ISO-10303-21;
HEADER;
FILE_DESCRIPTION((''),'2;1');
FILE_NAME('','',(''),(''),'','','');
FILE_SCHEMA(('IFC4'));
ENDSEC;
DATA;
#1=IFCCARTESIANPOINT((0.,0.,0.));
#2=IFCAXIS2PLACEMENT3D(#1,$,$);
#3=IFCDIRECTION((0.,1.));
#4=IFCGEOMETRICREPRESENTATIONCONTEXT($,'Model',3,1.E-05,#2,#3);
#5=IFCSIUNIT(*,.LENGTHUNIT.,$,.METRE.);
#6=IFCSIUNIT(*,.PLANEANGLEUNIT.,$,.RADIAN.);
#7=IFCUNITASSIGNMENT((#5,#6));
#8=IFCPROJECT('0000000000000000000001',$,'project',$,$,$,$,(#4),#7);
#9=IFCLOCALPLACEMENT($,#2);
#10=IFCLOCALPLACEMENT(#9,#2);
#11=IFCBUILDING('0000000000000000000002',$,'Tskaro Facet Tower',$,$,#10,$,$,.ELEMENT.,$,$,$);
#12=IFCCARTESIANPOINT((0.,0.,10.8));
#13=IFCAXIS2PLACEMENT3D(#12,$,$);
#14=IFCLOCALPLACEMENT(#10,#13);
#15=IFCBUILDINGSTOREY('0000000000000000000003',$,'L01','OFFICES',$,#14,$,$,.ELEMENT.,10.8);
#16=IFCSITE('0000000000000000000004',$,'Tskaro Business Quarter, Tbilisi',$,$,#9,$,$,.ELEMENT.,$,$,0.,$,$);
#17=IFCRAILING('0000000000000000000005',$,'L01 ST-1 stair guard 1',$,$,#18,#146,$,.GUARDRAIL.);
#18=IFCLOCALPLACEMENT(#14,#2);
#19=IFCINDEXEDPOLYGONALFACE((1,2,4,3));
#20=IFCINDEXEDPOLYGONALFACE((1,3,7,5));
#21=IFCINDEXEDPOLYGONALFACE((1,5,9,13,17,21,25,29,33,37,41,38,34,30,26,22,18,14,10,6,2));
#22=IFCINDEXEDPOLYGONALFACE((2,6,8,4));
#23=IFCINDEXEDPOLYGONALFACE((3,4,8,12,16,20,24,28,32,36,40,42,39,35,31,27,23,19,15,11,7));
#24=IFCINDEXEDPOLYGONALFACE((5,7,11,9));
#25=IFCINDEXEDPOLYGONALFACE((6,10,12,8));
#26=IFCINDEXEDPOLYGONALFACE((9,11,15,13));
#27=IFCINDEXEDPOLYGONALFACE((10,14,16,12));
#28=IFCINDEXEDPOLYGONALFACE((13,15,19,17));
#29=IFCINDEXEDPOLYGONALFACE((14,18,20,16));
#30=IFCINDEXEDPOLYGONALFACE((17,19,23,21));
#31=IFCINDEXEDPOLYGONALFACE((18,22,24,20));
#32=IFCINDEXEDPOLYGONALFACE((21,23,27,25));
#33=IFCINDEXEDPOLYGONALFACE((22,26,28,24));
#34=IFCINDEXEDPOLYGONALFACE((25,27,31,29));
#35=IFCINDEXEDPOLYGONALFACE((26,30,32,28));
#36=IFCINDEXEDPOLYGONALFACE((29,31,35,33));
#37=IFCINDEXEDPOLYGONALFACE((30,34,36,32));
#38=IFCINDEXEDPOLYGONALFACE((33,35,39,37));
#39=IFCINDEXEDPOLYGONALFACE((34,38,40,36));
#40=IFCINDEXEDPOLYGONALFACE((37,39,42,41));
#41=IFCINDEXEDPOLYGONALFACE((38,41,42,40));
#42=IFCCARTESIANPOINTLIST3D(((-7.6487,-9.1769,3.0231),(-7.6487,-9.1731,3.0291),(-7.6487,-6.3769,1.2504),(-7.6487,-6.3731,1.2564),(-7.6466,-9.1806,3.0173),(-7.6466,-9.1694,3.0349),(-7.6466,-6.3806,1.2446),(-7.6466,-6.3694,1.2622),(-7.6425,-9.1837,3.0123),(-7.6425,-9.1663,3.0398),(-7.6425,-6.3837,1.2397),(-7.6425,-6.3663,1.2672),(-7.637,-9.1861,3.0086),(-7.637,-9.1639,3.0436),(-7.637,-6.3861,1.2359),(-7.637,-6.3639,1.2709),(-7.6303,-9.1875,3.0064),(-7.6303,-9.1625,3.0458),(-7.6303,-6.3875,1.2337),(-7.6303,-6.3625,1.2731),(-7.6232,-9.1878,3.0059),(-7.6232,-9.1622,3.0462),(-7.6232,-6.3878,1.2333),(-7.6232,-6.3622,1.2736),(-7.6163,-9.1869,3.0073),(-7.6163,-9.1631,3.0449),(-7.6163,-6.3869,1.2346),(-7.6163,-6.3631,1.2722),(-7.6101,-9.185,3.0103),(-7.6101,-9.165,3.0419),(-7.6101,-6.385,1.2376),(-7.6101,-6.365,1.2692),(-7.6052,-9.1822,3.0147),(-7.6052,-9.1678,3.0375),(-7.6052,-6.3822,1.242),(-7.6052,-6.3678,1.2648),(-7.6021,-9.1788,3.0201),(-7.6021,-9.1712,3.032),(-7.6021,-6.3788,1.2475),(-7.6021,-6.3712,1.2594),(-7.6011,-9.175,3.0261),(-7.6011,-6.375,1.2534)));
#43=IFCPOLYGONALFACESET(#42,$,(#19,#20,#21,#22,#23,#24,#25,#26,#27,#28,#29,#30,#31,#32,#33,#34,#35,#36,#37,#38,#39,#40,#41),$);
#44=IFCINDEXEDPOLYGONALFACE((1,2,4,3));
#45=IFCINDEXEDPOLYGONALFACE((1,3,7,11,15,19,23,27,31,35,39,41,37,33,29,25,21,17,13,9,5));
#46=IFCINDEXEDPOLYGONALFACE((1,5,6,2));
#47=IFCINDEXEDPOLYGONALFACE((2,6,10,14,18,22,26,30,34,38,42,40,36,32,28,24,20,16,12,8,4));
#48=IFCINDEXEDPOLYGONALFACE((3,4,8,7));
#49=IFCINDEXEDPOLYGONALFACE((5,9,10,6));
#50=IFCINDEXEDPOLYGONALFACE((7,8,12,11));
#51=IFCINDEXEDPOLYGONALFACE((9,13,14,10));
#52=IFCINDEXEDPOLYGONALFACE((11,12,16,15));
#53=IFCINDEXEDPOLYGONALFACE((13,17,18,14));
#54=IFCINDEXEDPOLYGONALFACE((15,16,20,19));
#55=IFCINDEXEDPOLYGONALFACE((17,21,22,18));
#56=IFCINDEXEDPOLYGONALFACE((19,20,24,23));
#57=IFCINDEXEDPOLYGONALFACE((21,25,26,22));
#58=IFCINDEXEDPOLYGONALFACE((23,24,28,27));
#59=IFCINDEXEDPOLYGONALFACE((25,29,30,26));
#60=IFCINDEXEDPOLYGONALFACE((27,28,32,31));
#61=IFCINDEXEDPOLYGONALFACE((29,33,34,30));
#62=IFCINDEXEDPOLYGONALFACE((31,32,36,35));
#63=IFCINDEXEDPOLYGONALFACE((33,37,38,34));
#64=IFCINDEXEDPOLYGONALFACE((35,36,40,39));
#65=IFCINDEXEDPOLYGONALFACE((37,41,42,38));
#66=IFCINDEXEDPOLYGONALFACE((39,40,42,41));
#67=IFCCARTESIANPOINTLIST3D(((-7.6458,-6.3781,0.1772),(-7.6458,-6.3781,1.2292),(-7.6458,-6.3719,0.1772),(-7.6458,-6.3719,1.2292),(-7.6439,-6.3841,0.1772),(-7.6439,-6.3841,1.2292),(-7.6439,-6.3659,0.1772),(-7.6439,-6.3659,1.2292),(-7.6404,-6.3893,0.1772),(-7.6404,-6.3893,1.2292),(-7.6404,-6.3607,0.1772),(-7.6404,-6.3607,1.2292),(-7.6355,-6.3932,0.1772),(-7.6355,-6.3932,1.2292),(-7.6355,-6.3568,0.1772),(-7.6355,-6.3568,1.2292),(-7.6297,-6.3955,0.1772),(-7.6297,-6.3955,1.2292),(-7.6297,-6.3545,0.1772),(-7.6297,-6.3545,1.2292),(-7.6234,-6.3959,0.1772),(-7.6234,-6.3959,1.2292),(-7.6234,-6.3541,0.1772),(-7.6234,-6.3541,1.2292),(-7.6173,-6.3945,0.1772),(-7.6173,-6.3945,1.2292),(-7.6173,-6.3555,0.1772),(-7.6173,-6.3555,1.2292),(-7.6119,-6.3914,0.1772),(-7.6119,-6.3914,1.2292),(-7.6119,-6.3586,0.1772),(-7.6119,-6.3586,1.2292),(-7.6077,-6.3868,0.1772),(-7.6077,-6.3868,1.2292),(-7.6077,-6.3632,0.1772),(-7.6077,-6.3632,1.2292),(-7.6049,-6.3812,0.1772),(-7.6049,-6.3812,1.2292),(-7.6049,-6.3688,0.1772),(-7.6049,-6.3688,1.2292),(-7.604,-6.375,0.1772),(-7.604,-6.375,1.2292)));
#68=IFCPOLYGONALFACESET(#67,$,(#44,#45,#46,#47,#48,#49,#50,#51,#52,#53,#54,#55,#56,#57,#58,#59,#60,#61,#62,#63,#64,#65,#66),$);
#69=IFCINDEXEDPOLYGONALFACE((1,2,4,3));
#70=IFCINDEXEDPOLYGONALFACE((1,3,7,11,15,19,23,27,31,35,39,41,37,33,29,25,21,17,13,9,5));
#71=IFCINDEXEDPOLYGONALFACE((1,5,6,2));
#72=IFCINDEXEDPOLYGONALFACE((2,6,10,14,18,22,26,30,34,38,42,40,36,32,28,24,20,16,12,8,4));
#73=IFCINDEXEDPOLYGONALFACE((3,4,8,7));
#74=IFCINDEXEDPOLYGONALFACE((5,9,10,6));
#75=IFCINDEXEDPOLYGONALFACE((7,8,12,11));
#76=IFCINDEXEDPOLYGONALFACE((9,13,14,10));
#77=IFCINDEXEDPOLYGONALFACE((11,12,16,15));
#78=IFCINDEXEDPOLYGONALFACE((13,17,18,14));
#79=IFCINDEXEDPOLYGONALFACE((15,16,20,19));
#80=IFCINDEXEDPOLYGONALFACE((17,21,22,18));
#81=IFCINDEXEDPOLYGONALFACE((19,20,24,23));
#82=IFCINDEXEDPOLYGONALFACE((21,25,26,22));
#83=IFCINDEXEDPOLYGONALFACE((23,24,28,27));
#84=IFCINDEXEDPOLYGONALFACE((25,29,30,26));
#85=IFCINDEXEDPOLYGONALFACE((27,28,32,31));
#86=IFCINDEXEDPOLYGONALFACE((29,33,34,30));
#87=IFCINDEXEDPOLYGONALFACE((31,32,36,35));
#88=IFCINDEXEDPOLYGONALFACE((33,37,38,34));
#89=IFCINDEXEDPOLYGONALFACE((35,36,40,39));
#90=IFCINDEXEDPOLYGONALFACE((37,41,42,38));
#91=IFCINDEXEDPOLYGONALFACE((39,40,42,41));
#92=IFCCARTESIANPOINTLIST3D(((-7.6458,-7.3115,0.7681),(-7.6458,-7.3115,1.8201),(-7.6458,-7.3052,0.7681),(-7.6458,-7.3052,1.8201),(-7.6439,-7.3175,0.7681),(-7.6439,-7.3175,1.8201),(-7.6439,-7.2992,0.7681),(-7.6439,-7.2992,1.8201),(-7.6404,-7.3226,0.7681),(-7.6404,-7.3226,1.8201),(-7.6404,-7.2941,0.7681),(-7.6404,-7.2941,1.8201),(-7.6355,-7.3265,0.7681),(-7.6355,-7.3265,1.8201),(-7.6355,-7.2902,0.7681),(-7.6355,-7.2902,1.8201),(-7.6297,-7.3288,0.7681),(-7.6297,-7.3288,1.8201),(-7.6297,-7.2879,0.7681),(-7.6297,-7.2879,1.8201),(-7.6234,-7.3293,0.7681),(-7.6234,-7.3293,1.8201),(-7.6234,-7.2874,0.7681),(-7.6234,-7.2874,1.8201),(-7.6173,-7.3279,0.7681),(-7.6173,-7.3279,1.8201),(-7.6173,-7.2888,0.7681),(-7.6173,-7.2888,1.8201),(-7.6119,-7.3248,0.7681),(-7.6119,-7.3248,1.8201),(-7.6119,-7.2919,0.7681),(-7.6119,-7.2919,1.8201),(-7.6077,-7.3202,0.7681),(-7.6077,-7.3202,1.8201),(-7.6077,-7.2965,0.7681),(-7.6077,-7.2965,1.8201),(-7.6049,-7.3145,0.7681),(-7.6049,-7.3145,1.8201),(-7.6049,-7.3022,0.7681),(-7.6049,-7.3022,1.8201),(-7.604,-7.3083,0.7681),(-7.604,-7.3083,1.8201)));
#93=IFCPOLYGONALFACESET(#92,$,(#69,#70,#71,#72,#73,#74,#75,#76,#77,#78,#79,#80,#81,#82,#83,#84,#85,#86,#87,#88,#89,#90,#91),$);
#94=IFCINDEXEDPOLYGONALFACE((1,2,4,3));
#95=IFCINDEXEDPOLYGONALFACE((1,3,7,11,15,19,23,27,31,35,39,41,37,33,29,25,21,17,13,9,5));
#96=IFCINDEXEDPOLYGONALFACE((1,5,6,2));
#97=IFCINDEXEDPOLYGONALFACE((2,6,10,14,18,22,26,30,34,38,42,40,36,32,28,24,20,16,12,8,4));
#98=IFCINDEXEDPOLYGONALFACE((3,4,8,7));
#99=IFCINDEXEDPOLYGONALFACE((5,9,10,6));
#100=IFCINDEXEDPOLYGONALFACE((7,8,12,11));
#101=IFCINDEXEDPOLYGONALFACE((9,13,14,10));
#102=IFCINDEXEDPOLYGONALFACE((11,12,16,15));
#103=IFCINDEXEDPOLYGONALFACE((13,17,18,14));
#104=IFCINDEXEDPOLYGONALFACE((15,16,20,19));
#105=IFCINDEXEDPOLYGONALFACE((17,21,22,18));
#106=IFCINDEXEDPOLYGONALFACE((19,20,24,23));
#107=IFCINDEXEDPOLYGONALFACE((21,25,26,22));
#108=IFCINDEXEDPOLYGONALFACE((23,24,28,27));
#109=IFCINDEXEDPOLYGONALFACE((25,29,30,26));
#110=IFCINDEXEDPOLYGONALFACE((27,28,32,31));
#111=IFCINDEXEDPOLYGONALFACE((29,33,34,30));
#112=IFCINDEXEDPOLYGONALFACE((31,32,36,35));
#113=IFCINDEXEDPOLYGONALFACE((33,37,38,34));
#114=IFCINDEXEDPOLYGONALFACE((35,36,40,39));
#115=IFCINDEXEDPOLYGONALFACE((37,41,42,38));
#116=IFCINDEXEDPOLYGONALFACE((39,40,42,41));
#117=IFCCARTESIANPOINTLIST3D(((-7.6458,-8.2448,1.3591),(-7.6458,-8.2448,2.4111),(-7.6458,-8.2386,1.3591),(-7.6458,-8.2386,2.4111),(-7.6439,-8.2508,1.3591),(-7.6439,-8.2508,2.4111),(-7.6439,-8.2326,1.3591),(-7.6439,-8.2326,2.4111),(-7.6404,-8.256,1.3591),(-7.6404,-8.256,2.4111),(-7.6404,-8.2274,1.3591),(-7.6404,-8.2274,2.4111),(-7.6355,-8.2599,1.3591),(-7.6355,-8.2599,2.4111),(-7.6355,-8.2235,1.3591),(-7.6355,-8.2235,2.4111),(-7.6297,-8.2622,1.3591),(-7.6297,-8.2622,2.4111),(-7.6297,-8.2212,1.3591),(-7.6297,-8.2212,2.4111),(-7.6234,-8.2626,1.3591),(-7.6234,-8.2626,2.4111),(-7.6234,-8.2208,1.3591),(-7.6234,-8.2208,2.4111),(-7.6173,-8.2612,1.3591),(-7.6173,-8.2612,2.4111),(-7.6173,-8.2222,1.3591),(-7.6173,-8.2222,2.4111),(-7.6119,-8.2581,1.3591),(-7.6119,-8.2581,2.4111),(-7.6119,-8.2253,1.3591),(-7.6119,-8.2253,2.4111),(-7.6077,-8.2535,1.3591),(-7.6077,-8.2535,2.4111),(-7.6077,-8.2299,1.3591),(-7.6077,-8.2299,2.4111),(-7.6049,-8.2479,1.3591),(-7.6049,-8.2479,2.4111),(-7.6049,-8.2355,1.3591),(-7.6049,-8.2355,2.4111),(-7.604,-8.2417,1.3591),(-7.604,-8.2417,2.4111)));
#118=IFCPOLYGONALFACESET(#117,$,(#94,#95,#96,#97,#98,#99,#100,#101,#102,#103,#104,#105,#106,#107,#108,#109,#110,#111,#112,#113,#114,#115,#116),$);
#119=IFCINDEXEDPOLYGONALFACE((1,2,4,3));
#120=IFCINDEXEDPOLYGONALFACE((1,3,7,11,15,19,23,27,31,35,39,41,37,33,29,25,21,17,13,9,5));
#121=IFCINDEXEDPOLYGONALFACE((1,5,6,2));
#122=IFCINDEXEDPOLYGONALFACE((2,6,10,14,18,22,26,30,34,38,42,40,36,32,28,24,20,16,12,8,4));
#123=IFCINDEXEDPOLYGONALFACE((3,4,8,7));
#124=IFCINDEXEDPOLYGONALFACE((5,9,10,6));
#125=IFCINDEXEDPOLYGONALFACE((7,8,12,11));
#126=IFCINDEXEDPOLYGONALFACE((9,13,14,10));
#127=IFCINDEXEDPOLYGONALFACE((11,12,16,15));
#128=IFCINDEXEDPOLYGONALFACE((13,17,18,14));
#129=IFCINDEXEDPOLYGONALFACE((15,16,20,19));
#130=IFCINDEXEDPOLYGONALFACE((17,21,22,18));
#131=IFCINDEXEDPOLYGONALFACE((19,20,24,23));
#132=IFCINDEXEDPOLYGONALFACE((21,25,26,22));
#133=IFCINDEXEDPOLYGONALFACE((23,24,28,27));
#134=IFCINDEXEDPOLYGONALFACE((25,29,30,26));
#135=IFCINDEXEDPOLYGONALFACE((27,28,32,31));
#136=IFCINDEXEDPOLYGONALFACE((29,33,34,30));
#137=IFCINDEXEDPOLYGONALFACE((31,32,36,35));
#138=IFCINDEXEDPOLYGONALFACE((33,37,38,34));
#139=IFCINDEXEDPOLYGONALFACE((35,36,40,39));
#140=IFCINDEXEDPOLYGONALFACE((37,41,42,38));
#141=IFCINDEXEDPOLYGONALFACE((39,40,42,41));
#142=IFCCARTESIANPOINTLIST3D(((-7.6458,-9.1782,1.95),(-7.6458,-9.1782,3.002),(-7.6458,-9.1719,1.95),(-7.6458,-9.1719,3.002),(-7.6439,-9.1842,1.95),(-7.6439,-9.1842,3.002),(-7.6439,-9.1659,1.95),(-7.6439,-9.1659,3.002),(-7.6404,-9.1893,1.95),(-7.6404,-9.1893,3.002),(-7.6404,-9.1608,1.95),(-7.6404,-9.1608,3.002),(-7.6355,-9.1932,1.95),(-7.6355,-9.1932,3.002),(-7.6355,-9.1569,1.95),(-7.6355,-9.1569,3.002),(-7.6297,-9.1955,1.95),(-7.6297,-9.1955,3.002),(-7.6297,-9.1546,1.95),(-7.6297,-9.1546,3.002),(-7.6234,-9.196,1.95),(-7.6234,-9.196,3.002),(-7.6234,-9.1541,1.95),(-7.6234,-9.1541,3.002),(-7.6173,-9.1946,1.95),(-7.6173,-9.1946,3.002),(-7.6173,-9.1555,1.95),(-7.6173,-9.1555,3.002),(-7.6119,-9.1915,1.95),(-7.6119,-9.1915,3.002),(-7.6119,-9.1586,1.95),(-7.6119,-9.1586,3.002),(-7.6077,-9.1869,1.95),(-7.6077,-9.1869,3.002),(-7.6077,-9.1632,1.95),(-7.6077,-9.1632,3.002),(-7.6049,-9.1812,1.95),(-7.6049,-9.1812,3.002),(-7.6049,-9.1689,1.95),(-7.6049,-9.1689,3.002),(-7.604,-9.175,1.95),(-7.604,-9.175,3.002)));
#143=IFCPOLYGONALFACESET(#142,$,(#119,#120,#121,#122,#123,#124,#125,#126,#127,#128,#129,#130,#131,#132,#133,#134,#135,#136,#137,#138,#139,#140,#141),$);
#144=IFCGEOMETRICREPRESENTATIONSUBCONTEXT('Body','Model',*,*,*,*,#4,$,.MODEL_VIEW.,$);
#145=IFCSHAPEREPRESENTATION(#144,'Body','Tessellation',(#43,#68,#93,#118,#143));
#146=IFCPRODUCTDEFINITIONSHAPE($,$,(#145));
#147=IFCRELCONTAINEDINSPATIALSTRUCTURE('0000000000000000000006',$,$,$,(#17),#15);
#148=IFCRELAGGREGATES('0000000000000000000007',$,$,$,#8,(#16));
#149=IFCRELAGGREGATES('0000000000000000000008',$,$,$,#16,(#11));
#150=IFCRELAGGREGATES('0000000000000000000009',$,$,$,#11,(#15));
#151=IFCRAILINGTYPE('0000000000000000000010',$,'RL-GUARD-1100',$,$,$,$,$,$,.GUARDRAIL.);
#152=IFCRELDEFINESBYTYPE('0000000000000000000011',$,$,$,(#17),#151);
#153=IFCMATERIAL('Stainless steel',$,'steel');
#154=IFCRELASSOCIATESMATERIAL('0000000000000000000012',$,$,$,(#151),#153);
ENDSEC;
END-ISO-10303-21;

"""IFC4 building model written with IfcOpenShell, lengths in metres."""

from ifc_helpers import new_model, si_unit, direction, frame, origin, origin_2d, place, context, subcontext, project, spatial, circle, extrude, material, type_object, element, save


model = new_model("IFC4")

# Units and contexts
model_context = context("Model", 3, precision=1e-05, world=origin(), true_north=direction((0.0, 1.0)))
body_context = subcontext(model_context, "Body", "Model", "MODEL_VIEW")
ifc_project = project(units=[si_unit("LENGTHUNIT", "METRE"), si_unit("PLANEANGLEUNIT", "RADIAN")], contexts=[model_context])

# Site, building, storey
site_placement = place(None, origin())
site = spatial("IfcSite", under=ifc_project, at=site_placement, Name="Tskaro Business Quarter, Tbilisi", CompositionType="ELEMENT", RefElevation=0.0)
building_placement = place(site_placement, origin())
building = spatial("IfcBuilding", under=site, at=building_placement, Name="Tskaro Facet Tower", CompositionType="ELEMENT")
storey_placement = place(building_placement, frame((0.0, 0.0, 10.8)))
storey = spatial("IfcBuildingStorey", under=building, at=storey_placement, Name="L01", Description="OFFICES", CompositionType="ELEMENT", Elevation=10.8)

# Shared definitions
ifc_material_1 = material(Name="Stainless steel", Category="steel")

# Railing
railing_type_1 = type_object("IfcRailingType", Name="RL-GUARD-1100", PredefinedType="GUARDRAIL", material=ifc_material_1)
railing_1_placement = place(storey_placement, frame((-7.625, -6.375, 0.1772)))
element("IfcRailing", 1, at=railing_1_placement, inside=storey, type_object=railing_type_1, Name="L01 ST-1 stair guard 1", PredefinedType="GUARDRAIL", context=body_context, shape_type="SweptSolid", body=[
    extrude(circle(Radius=0.0239, at=origin_2d()), frame((0.0, 0.0, 1.0762), z_axis=(0.0, -0.844909, 0.53491), x_axis=(1.0, 0.0, 0.0)), (0.0, 0.0, 1.0), 3.314),
    extrude(circle(Radius=0.021, at=origin_2d()), origin(), (0.0, 0.0, 1.0), 1.052),
    extrude(circle(Radius=0.021, at=origin_2d()), frame((0.0, -0.9333, 0.5908)), (0.0, 0.0, 1.0), 1.052),
    extrude(circle(Radius=0.021, at=origin_2d()), frame((0.0, -1.8667, 1.1819)), (0.0, 0.0, 1.0), 1.052),
    extrude(circle(Radius=0.021, at=origin_2d()), frame((0.0, -2.8, 1.7727)), (0.0, 0.0, 1.0), 1.052),
])

save(model, "model.ifc")
